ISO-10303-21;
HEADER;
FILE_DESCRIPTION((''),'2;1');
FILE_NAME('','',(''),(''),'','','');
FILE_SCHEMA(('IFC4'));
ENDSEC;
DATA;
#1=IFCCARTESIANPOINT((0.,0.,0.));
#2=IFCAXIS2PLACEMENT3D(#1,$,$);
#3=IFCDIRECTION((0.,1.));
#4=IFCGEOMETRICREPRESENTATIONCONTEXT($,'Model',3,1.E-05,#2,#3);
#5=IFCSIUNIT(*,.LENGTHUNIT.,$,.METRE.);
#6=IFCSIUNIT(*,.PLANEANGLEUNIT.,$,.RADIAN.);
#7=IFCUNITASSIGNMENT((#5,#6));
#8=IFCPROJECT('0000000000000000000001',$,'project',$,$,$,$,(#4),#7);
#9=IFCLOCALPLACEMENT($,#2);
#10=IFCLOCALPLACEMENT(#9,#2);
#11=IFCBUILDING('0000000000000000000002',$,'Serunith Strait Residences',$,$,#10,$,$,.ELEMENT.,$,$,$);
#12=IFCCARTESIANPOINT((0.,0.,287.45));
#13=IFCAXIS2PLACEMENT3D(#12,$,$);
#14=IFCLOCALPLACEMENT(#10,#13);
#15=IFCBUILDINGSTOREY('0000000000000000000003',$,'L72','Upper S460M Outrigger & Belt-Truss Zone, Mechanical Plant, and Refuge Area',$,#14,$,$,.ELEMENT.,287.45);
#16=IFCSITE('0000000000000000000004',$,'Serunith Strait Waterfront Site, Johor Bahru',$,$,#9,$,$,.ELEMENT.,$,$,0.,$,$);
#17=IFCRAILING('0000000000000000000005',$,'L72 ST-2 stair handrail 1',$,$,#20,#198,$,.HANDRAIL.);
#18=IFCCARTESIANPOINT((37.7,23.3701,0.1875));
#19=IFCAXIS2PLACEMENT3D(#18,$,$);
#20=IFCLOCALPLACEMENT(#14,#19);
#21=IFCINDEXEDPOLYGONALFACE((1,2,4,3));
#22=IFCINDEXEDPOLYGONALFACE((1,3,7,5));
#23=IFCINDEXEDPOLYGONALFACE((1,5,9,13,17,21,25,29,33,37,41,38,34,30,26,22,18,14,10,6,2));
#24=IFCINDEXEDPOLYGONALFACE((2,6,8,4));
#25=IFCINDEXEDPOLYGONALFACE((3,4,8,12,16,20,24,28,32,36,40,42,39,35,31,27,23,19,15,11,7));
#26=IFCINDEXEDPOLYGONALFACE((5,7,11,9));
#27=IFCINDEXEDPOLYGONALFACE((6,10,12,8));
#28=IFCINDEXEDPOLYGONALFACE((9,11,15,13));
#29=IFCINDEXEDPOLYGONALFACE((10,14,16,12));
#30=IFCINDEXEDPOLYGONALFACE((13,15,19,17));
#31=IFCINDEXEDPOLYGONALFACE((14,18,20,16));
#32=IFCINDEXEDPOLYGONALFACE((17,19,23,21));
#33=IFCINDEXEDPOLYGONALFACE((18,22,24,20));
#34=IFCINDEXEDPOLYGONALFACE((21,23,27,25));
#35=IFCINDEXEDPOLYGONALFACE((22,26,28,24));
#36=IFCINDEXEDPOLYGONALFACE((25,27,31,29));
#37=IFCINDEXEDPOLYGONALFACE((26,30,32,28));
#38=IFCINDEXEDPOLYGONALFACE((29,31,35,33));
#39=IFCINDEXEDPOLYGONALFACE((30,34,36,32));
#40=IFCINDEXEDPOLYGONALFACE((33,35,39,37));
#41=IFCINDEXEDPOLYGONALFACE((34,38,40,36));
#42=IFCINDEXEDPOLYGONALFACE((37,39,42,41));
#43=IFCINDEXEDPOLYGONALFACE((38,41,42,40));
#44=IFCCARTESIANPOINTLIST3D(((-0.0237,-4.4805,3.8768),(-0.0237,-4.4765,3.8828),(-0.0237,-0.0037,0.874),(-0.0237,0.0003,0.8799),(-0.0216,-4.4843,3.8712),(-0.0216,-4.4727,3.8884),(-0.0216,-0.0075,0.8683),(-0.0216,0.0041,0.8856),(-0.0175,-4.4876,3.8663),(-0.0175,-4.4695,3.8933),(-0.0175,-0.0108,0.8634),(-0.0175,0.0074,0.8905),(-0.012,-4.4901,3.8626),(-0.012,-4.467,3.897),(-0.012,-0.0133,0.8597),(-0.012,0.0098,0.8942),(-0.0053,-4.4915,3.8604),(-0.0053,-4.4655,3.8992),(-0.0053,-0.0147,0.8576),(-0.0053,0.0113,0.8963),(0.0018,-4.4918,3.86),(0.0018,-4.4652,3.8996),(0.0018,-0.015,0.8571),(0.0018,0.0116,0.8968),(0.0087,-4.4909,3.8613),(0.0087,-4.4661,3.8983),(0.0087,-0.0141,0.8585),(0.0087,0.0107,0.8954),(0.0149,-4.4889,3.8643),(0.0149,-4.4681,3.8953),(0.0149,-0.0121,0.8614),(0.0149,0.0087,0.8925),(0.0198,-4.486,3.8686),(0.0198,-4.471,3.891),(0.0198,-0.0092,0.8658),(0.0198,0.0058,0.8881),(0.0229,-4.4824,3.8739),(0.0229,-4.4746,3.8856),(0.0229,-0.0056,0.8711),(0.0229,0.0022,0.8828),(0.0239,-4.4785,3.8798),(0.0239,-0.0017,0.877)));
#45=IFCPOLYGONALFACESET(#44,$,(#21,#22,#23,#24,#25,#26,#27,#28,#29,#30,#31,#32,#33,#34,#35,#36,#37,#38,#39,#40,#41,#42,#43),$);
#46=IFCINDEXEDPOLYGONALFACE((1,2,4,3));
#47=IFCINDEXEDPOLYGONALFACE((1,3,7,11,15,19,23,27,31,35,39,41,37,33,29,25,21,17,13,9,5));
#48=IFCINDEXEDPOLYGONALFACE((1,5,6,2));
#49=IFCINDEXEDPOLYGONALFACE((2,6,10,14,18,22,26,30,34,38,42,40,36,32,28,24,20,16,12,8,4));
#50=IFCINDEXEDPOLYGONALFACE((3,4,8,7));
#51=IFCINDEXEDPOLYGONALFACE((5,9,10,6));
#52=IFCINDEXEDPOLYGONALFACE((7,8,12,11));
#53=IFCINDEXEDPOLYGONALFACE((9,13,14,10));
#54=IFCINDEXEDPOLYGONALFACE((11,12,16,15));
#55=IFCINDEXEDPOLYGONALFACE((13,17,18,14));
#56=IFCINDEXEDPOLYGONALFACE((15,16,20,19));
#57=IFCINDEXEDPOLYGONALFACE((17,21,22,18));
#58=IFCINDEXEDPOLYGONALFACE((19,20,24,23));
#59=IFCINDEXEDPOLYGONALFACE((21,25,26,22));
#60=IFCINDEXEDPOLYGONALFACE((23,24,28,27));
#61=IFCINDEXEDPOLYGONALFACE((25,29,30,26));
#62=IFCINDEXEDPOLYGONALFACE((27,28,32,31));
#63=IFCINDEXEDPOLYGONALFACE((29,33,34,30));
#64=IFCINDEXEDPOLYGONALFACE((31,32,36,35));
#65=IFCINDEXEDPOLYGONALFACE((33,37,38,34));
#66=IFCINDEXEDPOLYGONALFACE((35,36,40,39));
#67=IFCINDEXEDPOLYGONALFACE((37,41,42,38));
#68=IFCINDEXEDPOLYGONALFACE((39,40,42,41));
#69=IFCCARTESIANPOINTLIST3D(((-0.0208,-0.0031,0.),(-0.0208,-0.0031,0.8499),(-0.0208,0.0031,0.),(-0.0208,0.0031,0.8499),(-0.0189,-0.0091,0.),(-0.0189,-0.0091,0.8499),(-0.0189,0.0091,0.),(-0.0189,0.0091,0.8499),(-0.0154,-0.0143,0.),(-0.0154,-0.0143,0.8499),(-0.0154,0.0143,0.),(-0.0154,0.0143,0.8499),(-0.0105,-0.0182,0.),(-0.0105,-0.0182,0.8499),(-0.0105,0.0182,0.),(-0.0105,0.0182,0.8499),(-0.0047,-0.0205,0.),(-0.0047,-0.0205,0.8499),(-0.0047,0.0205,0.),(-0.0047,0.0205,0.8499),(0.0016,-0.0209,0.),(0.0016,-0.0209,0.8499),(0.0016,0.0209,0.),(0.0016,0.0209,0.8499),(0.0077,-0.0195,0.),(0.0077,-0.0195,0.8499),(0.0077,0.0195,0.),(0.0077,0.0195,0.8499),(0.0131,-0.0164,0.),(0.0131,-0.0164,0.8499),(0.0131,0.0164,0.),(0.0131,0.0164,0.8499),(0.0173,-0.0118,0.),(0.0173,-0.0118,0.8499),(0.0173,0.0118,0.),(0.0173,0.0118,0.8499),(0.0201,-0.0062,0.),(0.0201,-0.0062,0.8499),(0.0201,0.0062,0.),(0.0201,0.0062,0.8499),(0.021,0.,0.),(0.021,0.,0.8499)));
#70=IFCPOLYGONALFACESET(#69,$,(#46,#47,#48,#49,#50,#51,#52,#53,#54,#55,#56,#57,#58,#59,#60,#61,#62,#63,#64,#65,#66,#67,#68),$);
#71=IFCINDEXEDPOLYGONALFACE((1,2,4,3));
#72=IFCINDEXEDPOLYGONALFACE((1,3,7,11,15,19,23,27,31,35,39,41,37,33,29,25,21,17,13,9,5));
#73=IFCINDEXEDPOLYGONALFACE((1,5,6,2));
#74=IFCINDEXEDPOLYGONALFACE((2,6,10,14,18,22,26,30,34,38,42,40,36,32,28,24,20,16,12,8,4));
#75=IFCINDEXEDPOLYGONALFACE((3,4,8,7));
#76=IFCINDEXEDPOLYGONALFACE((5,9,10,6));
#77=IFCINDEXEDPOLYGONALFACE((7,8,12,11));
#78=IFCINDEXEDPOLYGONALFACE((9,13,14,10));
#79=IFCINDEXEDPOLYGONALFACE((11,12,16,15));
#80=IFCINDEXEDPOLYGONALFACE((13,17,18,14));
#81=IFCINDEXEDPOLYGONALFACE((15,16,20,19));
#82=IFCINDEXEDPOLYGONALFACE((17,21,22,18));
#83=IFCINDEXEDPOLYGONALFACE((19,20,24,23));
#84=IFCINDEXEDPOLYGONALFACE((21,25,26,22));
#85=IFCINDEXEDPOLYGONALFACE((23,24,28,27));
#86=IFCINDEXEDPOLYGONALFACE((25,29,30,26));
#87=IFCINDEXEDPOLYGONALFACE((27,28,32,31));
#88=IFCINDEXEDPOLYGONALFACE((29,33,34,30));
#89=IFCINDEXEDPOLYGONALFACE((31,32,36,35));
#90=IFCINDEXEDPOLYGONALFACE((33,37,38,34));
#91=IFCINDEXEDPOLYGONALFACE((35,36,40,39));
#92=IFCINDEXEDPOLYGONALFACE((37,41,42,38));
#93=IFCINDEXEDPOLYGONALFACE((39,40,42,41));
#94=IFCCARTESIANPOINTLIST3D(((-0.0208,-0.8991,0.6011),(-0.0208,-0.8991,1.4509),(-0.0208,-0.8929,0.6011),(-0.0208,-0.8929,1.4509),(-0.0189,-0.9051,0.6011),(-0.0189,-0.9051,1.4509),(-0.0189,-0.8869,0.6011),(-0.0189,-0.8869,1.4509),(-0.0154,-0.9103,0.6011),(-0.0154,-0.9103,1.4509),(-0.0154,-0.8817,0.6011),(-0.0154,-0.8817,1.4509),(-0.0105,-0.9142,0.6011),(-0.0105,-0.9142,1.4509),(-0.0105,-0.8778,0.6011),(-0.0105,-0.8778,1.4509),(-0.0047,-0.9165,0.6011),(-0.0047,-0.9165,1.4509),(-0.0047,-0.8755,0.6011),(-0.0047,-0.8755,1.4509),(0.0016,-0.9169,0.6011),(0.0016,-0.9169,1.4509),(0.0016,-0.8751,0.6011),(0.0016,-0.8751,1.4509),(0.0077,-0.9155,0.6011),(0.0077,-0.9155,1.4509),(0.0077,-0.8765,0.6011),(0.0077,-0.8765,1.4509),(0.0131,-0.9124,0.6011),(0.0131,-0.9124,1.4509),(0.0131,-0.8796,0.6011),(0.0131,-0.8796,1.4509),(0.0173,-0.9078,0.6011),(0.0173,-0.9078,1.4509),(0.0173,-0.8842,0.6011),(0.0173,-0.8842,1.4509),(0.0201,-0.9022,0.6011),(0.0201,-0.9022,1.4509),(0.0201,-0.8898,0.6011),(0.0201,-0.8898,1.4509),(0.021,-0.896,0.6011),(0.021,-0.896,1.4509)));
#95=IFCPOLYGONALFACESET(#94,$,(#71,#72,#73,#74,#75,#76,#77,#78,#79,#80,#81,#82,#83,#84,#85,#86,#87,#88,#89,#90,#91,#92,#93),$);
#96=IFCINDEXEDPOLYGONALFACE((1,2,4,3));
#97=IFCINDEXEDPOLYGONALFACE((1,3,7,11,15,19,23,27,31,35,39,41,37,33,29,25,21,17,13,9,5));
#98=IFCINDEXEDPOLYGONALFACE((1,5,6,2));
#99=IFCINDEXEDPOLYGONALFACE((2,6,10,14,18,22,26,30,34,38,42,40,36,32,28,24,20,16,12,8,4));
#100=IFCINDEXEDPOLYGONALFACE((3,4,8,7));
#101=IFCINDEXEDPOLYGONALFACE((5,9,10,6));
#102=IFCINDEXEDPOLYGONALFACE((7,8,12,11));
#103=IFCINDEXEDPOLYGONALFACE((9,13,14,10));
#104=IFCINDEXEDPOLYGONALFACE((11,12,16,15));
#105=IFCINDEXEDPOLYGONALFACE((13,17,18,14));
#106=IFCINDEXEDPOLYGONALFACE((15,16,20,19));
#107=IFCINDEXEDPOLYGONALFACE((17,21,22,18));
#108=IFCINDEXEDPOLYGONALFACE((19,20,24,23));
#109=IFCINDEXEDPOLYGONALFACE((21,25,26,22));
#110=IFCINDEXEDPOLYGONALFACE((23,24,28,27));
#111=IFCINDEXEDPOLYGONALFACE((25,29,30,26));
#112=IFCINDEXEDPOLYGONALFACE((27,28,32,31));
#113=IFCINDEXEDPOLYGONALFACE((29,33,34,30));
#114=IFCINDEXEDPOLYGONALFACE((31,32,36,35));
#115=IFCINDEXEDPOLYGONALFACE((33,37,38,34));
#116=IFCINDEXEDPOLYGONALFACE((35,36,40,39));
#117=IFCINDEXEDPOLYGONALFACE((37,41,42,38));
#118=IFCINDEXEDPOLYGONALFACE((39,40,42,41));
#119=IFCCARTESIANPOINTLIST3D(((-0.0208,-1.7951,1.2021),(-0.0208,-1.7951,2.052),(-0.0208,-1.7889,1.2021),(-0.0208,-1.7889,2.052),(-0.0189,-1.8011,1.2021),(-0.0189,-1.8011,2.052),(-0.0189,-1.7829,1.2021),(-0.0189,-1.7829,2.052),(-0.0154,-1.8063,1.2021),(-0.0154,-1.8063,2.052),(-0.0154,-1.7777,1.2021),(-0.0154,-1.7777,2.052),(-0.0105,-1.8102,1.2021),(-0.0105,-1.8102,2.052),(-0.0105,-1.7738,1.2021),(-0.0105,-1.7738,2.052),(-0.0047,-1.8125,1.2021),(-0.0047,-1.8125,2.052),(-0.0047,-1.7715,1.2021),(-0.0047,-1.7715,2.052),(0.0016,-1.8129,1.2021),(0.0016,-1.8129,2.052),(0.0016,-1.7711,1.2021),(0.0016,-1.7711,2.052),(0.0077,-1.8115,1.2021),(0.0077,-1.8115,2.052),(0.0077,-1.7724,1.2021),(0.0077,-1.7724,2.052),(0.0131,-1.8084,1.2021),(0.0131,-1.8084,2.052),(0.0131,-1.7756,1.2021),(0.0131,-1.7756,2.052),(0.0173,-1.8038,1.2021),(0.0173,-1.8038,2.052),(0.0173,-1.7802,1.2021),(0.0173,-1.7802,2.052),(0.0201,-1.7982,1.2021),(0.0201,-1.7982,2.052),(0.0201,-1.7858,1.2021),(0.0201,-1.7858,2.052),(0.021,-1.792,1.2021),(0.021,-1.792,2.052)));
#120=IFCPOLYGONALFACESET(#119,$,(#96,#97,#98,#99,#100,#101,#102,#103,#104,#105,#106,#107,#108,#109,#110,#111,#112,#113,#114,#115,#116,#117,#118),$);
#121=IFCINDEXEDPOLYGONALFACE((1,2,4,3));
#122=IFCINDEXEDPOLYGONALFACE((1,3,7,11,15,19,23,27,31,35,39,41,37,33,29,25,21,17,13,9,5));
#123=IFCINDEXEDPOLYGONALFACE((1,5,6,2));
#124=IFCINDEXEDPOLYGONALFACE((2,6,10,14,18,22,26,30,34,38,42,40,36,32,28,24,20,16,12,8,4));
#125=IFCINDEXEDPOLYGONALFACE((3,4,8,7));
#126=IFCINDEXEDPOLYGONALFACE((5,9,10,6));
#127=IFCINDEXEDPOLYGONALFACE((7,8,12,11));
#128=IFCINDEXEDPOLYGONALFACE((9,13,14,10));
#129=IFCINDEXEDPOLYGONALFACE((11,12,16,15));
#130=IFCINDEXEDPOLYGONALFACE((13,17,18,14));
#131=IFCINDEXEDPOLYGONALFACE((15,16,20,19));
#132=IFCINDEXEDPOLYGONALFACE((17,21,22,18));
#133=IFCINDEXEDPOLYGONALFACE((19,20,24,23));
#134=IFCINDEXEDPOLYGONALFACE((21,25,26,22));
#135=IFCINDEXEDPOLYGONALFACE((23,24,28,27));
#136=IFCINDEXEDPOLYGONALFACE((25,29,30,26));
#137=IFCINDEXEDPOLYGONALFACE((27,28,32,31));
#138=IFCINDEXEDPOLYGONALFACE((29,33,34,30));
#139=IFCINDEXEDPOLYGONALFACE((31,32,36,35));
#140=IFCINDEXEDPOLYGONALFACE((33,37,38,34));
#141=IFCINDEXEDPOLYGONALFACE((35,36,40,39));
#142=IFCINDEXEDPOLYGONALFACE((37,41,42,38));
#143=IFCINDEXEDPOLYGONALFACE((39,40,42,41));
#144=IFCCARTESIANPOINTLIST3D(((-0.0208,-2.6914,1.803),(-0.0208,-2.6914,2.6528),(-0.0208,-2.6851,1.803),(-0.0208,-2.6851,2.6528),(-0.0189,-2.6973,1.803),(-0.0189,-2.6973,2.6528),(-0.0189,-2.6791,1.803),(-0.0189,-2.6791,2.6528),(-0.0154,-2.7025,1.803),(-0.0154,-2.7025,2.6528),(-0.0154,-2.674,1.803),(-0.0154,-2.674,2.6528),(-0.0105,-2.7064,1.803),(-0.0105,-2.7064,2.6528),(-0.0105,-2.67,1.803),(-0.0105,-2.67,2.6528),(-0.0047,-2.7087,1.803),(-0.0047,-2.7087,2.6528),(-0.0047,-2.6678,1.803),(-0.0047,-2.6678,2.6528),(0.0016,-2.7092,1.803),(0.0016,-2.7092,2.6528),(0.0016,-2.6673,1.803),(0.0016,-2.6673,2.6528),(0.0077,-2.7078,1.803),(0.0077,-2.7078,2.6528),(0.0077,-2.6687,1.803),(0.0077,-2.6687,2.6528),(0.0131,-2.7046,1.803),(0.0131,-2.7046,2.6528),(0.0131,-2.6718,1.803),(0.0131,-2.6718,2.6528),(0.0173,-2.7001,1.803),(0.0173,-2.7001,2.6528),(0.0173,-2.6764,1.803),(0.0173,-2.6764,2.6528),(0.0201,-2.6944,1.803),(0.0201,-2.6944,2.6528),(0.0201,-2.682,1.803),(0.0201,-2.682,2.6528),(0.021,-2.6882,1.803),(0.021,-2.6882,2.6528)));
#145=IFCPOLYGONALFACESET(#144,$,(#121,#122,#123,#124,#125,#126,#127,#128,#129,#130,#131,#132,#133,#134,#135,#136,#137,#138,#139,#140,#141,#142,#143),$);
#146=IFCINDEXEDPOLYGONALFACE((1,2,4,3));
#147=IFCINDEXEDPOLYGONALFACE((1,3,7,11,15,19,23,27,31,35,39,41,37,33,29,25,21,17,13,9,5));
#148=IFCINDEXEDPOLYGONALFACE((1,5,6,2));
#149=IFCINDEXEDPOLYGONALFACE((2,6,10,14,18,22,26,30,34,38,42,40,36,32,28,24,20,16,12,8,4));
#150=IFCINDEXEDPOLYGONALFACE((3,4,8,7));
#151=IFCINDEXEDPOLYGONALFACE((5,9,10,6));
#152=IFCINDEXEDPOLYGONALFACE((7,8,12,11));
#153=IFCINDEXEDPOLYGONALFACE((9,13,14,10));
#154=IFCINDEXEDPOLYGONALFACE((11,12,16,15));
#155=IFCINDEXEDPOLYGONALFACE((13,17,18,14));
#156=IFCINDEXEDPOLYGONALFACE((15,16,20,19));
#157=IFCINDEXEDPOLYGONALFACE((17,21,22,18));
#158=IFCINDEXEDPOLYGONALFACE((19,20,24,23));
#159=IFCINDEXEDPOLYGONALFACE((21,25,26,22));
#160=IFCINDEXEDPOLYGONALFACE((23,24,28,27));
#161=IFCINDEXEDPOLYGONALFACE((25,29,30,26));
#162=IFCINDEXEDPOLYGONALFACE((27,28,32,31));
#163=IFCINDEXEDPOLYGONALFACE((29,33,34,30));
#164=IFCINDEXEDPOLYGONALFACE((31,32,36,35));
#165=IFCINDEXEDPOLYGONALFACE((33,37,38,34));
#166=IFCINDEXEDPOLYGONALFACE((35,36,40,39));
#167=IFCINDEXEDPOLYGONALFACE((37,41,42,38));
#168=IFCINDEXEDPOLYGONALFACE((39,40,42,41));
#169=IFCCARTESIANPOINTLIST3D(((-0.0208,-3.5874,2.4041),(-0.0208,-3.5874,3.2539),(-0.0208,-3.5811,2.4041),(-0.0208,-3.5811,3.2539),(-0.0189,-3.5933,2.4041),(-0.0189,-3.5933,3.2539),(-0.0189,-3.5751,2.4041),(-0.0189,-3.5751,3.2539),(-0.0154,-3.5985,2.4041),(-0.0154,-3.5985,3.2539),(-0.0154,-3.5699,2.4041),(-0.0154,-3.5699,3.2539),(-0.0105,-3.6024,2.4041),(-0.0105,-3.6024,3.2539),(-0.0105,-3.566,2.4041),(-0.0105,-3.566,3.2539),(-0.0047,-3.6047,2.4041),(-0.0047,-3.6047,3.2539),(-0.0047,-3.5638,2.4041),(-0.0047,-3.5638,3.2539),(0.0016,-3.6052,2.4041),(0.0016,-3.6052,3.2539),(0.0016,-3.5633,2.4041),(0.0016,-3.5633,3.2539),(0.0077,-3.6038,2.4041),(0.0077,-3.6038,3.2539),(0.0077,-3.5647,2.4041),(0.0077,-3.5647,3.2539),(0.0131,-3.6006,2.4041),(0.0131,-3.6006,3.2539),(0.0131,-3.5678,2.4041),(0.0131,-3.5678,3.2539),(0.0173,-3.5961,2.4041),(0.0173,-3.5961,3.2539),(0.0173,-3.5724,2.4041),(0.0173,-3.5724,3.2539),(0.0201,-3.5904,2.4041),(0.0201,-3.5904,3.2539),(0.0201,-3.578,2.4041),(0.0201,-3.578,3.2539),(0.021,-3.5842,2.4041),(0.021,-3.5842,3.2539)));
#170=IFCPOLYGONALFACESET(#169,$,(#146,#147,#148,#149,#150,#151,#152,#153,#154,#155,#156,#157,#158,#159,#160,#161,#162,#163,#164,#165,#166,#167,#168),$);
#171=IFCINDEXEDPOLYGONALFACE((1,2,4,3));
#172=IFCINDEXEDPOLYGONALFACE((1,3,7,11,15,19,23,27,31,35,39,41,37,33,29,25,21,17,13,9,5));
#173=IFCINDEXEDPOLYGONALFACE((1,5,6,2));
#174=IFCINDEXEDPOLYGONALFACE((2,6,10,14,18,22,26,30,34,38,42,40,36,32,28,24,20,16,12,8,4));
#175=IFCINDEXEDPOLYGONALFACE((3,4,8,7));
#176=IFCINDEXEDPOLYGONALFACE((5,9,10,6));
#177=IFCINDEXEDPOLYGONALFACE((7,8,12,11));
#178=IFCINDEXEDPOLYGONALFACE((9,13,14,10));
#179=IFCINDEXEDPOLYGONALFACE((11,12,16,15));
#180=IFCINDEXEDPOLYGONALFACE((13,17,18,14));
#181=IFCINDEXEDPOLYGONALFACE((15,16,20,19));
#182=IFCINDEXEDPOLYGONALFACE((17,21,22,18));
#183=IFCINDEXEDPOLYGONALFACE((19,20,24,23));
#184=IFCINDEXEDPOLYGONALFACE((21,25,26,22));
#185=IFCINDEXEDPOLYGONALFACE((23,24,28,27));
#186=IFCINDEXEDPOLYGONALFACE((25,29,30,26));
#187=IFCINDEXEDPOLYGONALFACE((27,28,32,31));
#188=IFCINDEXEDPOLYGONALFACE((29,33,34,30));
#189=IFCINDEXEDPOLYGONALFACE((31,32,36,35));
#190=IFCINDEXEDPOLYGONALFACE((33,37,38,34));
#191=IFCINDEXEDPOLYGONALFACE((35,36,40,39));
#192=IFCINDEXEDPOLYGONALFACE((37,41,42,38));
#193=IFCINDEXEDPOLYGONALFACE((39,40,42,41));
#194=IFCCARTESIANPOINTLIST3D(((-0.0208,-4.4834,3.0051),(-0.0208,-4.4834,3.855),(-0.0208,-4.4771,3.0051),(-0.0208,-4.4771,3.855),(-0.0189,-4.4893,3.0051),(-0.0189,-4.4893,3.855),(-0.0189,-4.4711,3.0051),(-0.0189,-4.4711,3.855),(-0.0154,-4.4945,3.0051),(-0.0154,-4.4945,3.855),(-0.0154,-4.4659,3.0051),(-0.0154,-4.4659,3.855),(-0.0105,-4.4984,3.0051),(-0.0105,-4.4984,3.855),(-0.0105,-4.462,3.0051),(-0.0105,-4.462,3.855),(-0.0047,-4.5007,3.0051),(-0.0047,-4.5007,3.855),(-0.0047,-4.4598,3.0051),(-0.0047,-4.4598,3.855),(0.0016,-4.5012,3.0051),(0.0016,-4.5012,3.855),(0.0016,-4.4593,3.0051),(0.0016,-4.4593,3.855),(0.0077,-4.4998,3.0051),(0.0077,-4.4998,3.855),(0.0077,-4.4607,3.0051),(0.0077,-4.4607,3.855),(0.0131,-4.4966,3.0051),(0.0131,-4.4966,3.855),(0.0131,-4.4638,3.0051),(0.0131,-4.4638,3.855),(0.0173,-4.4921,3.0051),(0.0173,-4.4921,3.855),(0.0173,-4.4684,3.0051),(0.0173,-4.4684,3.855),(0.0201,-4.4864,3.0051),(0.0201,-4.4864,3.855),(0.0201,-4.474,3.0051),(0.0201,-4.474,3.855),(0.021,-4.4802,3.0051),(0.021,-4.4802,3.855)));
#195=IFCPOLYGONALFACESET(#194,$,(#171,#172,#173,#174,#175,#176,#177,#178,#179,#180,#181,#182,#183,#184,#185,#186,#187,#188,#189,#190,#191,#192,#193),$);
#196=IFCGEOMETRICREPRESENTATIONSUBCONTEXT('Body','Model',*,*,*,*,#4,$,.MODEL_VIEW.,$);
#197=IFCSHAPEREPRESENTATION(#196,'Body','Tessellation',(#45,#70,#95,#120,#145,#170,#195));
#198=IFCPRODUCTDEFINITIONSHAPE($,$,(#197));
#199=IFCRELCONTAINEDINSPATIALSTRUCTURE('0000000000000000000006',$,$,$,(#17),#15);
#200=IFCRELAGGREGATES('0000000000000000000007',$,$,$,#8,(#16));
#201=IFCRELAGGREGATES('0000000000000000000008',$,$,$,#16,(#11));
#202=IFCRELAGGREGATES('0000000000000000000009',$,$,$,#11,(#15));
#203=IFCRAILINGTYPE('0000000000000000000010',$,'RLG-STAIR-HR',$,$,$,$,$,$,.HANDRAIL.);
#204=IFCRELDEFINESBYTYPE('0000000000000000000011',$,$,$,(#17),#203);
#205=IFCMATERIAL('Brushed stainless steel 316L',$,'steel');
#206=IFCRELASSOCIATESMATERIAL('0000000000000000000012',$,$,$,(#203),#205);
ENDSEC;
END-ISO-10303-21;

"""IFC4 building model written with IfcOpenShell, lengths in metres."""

from ifc_helpers import new_model, si_unit, direction, frame, origin, origin_2d, place, context, subcontext, project, spatial, circle, extrude, material, type_object, element, save


model = new_model("IFC4")

# Units and contexts
model_context = context("Model", 3, precision=1e-05, world=origin(), true_north=direction((0.0, 1.0)))
body_context = subcontext(model_context, "Body", "Model", "MODEL_VIEW")
ifc_project = project(units=[si_unit("LENGTHUNIT", "METRE"), si_unit("PLANEANGLEUNIT", "RADIAN")], contexts=[model_context])

# Site, building, storey
site_placement = place(None, origin())
site = spatial("IfcSite", under=ifc_project, at=site_placement, Name="Serunith Strait Waterfront Site, Johor Bahru", CompositionType="ELEMENT", RefElevation=0.0)
building_placement = place(site_placement, origin())
building = spatial("IfcBuilding", under=site, at=building_placement, Name="Serunith Strait Residences", CompositionType="ELEMENT")
storey_placement = place(building_placement, frame((0.0, 0.0, 287.45)))
storey = spatial("IfcBuildingStorey", under=building, at=storey_placement, Name="L72", Description="Upper S460M Outrigger & Belt-Truss Zone, Mechanical Plant, and Refuge Area", CompositionType="ELEMENT", Elevation=287.45)

# Railing
ifc_material_1 = material(Name="Brushed stainless steel 316L", Category="steel")
railing_type_1 = type_object("IfcRailingType", Name="RLG-STAIR-HR", PredefinedType="HANDRAIL", material=ifc_material_1)
railing_1_placement = place(storey_placement, frame((37.7, 23.3701, 0.1875)))
element("IfcRailing", 1, at=railing_1_placement, inside=storey, type_object=railing_type_1, Name="L72 ST-2 stair handrail 1", PredefinedType="HANDRAIL", context=body_context, shape_type="SweptSolid", body=[
    extrude(circle(Radius=0.0239, at=origin_2d()), frame((0.0, -0.0017, 0.877), z_axis=(0.0, -0.83048, 0.557048), x_axis=(1.0, 0.0, 0.0)), (0.0, 0.0, 1.0), 5.3906),
    extrude(circle(Radius=0.021, at=origin_2d()), origin(), (0.0, 0.0, 1.0), 0.8499),
    extrude(circle(Radius=0.021, at=origin_2d()), frame((0.0, -0.896, 0.6011)), (0.0, 0.0, 1.0), 0.8499),
    extrude(circle(Radius=0.021, at=origin_2d()), frame((0.0, -1.792, 1.2021)), (0.0, 0.0, 1.0), 0.8499),
    extrude(circle(Radius=0.021, at=origin_2d()), frame((0.0, -2.6882, 1.803)), (0.0, 0.0, 1.0), 0.8499),
    extrude(circle(Radius=0.021, at=origin_2d()), frame((0.0, -3.5842, 2.4041)), (0.0, 0.0, 1.0), 0.8499),
    extrude(circle(Radius=0.021, at=origin_2d()), frame((0.0, -4.4802, 3.0051)), (0.0, 0.0, 1.0), 0.8499),
])

save(model, "model.ifc")
